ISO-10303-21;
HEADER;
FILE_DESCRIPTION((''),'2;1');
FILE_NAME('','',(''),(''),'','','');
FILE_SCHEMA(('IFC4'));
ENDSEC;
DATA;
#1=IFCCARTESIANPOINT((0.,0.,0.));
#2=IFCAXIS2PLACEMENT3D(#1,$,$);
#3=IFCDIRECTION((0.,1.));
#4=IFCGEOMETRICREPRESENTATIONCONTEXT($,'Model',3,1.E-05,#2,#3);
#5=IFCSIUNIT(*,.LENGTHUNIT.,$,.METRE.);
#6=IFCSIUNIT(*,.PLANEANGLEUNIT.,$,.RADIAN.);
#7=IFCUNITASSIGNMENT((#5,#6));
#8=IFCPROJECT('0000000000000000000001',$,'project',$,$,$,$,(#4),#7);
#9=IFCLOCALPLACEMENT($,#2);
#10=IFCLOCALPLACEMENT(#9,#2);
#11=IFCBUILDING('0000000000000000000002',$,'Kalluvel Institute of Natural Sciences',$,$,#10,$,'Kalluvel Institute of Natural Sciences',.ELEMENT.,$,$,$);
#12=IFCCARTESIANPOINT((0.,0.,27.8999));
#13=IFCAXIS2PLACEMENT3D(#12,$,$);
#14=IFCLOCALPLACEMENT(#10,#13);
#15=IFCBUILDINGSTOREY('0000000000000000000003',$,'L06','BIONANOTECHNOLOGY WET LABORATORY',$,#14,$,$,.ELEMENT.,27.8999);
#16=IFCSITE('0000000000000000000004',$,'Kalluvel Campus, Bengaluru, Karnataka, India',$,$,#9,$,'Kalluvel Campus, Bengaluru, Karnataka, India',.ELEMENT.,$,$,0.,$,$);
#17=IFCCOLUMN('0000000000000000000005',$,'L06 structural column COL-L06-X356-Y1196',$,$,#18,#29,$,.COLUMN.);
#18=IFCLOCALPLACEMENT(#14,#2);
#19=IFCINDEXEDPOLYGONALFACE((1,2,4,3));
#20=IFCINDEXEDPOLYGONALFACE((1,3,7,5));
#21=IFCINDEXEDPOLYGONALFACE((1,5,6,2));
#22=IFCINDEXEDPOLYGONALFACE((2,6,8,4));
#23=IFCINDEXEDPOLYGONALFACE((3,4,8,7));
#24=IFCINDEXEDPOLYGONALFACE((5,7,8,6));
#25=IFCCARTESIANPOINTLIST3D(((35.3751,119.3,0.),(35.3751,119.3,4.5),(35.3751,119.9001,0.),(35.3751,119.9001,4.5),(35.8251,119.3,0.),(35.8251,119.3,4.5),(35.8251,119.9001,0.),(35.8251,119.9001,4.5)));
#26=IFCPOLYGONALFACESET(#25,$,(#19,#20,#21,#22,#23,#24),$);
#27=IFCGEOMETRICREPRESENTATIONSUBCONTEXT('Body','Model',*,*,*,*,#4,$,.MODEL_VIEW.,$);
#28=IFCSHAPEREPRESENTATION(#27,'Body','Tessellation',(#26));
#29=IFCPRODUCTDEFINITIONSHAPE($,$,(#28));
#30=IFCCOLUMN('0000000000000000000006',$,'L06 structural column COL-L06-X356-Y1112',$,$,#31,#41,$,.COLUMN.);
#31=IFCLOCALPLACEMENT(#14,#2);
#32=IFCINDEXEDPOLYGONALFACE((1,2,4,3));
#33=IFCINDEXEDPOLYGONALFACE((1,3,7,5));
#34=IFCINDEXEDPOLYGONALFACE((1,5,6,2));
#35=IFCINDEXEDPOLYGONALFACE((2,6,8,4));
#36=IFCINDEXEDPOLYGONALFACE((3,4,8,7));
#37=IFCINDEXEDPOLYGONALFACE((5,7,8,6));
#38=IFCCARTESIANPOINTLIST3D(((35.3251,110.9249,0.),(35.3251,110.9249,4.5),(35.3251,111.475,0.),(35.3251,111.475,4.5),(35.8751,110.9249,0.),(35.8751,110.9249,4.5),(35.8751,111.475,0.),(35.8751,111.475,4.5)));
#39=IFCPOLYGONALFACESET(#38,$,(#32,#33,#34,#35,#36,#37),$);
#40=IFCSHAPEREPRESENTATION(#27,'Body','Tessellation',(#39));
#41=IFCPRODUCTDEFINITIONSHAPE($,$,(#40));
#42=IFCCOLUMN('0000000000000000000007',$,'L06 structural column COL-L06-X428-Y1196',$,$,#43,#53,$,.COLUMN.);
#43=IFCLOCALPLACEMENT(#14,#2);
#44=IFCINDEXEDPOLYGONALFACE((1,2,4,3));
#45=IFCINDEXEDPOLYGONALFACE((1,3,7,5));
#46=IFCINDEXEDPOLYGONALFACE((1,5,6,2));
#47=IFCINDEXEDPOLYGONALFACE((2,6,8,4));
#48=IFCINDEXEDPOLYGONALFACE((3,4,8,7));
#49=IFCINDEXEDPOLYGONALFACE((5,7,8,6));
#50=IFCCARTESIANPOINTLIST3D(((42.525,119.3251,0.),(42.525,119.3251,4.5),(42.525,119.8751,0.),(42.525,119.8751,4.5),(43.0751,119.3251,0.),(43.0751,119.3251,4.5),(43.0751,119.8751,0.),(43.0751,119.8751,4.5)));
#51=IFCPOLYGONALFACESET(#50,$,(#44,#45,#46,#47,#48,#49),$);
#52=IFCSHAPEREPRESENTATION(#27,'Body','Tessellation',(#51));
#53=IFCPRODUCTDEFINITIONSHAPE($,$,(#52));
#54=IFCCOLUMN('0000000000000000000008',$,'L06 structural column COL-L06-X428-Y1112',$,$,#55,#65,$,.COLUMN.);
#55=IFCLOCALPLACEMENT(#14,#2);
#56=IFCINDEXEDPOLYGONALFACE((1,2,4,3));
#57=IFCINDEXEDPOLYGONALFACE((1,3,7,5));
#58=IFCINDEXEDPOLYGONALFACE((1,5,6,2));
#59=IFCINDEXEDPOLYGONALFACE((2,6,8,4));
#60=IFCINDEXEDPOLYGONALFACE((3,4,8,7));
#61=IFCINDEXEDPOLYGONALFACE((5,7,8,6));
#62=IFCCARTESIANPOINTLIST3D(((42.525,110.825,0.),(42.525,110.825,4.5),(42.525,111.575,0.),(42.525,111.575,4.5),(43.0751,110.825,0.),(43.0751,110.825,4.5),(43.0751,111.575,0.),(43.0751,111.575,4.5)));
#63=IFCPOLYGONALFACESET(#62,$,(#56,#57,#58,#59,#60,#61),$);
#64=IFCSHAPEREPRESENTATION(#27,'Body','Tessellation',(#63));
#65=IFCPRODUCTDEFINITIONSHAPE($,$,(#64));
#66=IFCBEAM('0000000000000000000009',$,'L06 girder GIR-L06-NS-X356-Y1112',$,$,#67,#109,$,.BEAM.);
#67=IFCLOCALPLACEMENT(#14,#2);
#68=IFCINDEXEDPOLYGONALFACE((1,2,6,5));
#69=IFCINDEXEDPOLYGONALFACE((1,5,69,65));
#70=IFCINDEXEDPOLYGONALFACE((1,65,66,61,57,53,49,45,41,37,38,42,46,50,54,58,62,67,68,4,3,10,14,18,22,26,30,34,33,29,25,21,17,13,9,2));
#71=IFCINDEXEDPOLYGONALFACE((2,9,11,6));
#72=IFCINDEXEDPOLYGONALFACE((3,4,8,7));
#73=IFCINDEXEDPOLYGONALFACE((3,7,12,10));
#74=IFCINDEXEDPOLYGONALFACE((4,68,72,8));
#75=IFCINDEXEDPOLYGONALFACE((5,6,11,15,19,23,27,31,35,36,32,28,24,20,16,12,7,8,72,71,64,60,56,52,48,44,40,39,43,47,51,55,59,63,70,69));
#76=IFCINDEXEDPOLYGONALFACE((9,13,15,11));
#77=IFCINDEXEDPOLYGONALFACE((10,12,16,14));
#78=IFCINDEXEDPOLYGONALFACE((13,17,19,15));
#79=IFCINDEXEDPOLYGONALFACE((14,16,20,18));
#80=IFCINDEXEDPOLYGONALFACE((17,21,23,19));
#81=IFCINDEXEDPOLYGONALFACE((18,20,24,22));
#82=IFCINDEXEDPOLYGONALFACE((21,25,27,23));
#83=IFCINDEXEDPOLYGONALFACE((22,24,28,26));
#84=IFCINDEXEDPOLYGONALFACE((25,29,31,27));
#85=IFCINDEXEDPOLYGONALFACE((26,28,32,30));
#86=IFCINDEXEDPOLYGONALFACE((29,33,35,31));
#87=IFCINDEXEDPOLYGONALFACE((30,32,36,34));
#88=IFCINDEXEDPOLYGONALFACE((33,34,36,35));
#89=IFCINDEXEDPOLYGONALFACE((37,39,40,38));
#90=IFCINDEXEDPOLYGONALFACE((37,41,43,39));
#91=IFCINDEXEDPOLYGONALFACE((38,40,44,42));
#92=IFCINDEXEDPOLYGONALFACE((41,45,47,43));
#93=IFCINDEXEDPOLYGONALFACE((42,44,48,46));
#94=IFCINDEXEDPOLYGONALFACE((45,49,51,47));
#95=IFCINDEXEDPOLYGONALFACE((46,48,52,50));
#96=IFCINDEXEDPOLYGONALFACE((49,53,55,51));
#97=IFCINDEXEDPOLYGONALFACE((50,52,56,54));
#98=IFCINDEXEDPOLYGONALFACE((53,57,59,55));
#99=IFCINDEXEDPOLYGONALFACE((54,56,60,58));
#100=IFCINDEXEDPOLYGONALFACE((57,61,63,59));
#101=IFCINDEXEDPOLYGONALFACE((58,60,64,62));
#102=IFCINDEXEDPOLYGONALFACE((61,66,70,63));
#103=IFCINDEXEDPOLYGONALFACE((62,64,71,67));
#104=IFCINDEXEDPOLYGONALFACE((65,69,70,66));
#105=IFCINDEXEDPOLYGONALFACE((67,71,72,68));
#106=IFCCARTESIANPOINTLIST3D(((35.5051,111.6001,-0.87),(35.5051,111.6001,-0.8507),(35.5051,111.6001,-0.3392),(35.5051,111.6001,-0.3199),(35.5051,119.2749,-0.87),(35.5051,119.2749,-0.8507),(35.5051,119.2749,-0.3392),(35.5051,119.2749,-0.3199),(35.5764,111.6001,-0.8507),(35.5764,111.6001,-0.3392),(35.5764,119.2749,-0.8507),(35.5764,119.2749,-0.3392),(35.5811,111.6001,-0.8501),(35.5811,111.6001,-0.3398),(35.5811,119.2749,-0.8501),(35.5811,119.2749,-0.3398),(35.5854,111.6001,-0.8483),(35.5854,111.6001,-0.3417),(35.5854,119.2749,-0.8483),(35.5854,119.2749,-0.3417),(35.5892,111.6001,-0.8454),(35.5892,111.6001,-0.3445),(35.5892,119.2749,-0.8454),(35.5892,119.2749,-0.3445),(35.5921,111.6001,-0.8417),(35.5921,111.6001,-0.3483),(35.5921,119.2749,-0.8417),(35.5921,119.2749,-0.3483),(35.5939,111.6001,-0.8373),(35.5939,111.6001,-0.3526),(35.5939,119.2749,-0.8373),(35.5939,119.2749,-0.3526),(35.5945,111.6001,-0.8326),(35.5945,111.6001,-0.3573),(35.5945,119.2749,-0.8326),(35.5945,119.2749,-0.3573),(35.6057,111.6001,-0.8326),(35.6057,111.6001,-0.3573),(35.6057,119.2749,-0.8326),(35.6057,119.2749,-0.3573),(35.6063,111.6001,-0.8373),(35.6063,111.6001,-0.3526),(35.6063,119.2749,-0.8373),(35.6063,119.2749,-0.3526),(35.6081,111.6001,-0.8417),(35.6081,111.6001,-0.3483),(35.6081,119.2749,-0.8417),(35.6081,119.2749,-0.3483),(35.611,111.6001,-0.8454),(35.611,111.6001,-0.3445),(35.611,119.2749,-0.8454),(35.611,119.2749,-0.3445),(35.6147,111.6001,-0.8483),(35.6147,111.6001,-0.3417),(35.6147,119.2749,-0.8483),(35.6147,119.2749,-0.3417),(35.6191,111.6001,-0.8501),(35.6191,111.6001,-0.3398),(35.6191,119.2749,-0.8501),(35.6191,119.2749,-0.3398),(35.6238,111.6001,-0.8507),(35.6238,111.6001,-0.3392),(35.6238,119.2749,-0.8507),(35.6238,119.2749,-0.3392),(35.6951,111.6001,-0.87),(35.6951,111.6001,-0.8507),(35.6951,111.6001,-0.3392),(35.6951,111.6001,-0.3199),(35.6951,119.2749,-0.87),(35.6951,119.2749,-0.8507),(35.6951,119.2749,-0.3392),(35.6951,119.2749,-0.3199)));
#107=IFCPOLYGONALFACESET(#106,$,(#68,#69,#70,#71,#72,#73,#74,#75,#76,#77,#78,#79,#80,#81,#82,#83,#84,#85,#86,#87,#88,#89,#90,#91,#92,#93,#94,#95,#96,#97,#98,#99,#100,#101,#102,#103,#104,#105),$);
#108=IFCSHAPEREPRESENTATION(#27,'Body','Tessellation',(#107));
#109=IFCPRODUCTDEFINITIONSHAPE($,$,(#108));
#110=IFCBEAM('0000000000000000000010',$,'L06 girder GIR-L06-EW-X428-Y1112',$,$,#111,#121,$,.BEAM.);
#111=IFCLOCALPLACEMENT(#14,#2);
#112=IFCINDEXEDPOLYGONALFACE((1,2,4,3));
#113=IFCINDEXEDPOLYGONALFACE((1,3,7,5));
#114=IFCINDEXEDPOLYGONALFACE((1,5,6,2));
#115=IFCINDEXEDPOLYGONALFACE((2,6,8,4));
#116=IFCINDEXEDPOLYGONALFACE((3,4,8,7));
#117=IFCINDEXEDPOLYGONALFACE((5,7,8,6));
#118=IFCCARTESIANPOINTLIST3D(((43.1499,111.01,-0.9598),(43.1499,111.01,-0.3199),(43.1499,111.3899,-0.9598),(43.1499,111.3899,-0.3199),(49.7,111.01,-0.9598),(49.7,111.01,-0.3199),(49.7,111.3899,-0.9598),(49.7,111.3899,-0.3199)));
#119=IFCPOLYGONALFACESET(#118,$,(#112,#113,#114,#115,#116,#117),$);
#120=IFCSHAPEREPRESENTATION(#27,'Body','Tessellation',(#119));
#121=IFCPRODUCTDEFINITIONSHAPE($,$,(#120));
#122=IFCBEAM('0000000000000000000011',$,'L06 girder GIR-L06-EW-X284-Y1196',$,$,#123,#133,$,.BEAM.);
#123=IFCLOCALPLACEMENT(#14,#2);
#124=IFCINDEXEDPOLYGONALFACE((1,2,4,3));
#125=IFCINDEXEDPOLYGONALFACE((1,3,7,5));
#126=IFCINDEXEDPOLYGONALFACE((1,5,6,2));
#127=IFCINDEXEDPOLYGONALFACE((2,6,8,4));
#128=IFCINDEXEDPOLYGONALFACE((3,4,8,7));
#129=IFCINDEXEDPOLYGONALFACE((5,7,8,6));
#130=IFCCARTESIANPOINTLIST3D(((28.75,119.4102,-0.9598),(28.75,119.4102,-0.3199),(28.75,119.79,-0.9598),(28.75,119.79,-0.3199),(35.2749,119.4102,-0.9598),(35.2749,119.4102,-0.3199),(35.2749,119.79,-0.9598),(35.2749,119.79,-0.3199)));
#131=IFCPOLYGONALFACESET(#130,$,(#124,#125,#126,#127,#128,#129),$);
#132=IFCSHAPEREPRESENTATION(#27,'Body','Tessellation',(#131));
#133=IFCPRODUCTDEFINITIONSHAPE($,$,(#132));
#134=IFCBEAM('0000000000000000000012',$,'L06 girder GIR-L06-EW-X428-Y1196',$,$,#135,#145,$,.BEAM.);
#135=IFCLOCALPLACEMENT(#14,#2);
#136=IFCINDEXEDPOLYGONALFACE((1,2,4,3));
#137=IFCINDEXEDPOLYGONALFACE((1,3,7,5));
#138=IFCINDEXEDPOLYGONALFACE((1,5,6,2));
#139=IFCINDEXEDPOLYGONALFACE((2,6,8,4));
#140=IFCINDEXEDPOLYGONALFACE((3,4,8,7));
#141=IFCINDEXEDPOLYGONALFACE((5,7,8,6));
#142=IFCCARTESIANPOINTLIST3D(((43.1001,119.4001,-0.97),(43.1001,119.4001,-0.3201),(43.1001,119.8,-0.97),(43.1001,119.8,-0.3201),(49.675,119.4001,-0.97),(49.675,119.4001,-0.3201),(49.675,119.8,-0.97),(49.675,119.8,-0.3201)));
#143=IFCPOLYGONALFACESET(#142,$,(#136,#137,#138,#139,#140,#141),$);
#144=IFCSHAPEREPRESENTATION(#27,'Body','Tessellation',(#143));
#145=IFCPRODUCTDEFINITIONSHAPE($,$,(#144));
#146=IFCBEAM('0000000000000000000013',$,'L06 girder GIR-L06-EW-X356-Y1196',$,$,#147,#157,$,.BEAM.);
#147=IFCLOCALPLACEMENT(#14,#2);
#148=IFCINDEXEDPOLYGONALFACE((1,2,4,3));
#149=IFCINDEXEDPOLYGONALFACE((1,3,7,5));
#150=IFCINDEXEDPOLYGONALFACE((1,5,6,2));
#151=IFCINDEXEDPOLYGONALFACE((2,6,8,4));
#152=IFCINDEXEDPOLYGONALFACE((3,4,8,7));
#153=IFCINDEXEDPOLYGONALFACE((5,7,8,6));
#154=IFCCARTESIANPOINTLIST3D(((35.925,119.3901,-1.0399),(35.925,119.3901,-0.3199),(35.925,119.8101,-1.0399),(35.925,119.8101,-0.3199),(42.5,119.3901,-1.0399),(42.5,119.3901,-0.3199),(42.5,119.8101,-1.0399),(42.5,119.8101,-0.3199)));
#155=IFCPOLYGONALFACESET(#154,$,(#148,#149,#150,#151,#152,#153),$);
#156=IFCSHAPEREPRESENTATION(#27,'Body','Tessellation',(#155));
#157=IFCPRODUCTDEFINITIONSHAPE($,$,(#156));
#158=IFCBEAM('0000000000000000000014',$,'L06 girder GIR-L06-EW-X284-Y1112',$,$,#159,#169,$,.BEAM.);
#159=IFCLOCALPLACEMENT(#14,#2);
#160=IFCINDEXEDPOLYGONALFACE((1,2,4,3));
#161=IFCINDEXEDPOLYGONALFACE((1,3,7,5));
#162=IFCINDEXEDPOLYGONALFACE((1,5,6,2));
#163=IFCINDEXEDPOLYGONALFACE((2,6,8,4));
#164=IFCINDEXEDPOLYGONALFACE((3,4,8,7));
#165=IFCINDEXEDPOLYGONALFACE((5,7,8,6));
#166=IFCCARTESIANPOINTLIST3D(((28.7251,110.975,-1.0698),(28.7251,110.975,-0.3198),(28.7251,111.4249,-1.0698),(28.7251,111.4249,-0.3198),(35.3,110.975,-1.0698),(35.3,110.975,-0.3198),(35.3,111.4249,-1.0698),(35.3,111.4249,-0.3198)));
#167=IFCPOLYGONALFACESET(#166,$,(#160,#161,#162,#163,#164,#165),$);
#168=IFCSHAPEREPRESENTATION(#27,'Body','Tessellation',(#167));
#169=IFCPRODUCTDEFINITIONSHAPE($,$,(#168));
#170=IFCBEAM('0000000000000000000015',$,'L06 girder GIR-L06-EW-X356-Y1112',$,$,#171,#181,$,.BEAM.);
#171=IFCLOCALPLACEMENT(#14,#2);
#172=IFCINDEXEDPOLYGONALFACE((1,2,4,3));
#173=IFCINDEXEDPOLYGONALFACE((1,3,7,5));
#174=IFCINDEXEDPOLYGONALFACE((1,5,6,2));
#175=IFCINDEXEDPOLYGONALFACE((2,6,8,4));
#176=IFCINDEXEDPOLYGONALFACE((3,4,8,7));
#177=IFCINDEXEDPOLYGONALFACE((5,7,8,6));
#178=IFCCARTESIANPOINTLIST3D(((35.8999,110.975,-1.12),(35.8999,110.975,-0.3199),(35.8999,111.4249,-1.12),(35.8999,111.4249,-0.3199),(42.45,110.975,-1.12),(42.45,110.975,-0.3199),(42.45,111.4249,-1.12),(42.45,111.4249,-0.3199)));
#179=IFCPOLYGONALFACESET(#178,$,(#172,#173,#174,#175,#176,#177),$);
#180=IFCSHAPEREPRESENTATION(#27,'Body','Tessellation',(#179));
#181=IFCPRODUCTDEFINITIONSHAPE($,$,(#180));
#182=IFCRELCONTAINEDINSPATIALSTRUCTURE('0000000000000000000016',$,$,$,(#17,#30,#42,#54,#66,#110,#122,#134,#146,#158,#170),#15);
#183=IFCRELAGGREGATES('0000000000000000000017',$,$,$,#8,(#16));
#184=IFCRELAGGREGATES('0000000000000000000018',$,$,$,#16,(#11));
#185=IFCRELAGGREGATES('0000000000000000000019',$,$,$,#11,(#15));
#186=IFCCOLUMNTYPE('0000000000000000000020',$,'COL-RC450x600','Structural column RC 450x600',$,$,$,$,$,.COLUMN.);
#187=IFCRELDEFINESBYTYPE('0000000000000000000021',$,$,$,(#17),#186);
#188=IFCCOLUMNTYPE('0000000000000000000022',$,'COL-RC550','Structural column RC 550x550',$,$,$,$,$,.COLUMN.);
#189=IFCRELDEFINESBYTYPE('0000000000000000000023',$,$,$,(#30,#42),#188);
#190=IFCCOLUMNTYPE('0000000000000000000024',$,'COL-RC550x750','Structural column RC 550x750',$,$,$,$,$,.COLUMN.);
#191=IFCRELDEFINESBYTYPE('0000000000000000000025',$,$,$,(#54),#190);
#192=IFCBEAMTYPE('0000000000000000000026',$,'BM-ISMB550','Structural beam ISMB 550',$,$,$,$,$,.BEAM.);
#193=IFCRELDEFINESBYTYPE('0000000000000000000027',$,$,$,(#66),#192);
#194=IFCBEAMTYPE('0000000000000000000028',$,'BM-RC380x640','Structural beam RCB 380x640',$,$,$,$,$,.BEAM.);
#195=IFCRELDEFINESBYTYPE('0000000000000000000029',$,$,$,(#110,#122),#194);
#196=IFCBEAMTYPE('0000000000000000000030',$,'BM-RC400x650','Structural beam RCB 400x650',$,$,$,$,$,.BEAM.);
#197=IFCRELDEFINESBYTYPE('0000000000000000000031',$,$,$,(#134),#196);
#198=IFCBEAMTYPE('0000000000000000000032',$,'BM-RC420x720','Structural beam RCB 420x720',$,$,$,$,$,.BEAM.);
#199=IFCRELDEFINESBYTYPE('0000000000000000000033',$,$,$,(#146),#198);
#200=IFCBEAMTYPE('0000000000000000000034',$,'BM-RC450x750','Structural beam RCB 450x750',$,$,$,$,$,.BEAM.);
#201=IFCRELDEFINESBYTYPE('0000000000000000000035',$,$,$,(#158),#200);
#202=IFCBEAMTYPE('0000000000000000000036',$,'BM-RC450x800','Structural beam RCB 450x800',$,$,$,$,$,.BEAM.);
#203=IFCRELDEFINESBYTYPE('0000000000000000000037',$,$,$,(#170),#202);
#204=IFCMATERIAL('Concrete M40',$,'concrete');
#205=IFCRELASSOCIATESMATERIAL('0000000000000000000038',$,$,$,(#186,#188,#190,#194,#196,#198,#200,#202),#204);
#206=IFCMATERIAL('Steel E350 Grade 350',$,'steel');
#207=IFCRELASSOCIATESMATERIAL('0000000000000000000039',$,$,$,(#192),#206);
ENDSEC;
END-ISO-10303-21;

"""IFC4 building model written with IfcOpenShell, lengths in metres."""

from ifc_helpers import new_model, si_unit, direction, frame, origin, origin_2d, place, context, subcontext, project, spatial, rectangle, i_section, extrude, material, material_profile, profile_set, type_object, element, save


model = new_model("IFC4")

# Units and contexts
model_context = context("Model", 3, precision=1e-05, world=origin(), true_north=direction((0.0, 1.0)))
body_context = subcontext(model_context, "Body", "Model", "MODEL_VIEW")
ifc_project = project(units=[si_unit("LENGTHUNIT", "METRE"), si_unit("PLANEANGLEUNIT", "RADIAN")], contexts=[model_context])

# Site, building, storey
site_placement = place(None, origin())
site = spatial("IfcSite", under=ifc_project, at=site_placement, Name="Kalluvel Campus, Bengaluru, Karnataka, India", LongName="Kalluvel Campus, Bengaluru, Karnataka, India", CompositionType="ELEMENT", RefElevation=0.0)
building_placement = place(site_placement, origin())
building = spatial("IfcBuilding", under=site, at=building_placement, Name="Kalluvel Institute of Natural Sciences", LongName="Kalluvel Institute of Natural Sciences", CompositionType="ELEMENT")
storey_placement = place(building_placement, frame((0.0, 0.0, 27.8999)))
storey = spatial("IfcBuildingStorey", under=building, at=storey_placement, Name="L06", Description="BIONANOTECHNOLOGY WET LABORATORY", CompositionType="ELEMENT", Elevation=27.8999)

# Columns
ifc_material_1 = material(Name="Concrete M40", Category="concrete")
ifc_material_profile_1 = material_profile(ifc_material_1, rectangle(XDim=0.45, YDim=0.6001, at=origin_2d()), Name="RC 450x600")
ifc_profile_set_1 = profile_set([ifc_material_profile_1], Name="Concrete M40")
column_type_1 = type_object("IfcColumnType", Name="COL-RC450x600", Description="Structural column RC 450x600", PredefinedType="COLUMN", material=ifc_profile_set_1)
column_1_placement = place(storey_placement, frame((35.6001, 119.6001, 0.0), z_axis=(0.0, 0.0, 1.0), x_axis=(1.0, 0.0, 0.0)))
element("IfcColumn", 1, at=column_1_placement, inside=storey, type_object=column_type_1, Name="L06 structural column COL-L06-X356-Y1196", PredefinedType="COLUMN", context=body_context, shape_type="SweptSolid", body=[
    extrude(rectangle(XDim=0.45, YDim=0.6001, at=origin_2d()), origin(), (0.0, 0.0, 1.0), 4.5),
])
ifc_material_profile_2 = material_profile(ifc_material_1, rectangle(XDim=0.55, YDim=0.55, at=origin_2d()), Name="RC 550x550")
ifc_profile_set_2 = profile_set([ifc_material_profile_2], Name="Concrete M40")
column_type_2 = type_object("IfcColumnType", Name="COL-RC550", Description="Structural column RC 550x550", PredefinedType="COLUMN", material=ifc_profile_set_2)
for number, where, z_axis, x_axis, name in (
    (2, (35.6001, 111.2, 0.0), (0.0, 0.0, 1.0), (1.0, 0.0, 0.0), "L06 structural column COL-L06-X356-Y1112"),
    (3, (42.8, 119.6001, 0.0), (0.0, 0.0, 1.0), (1.0, 0.0, 0.0), "L06 structural column COL-L06-X428-Y1196"),
):
    element("IfcColumn", number, at=place(storey_placement, frame(where, z_axis=z_axis, x_axis=x_axis)), inside=storey, type_object=column_type_2, Name=name, PredefinedType="COLUMN", context=body_context, shape_type="SweptSolid", body=[
        extrude(rectangle(XDim=0.55, YDim=0.55, at=origin_2d()), origin(), (0.0, 0.0, 1.0), 4.5),
    ])
ifc_material_profile_3 = material_profile(ifc_material_1, rectangle(XDim=0.55, YDim=0.75, at=origin_2d()), Name="RC 550x750")
ifc_profile_set_3 = profile_set([ifc_material_profile_3], Name="Concrete M40")
column_type_3 = type_object("IfcColumnType", Name="COL-RC550x750", Description="Structural column RC 550x750", PredefinedType="COLUMN", material=ifc_profile_set_3)
column_2_placement = place(storey_placement, frame((42.8, 111.2, 0.0), z_axis=(0.0, 0.0, 1.0), x_axis=(1.0, 0.0, 0.0)))
element("IfcColumn", 4, at=column_2_placement, inside=storey, type_object=column_type_3, Name="L06 structural column COL-L06-X428-Y1112", PredefinedType="COLUMN", context=body_context, shape_type="SweptSolid", body=[
    extrude(rectangle(XDim=0.55, YDim=0.75, at=origin_2d()), origin(), (0.0, 0.0, 1.0), 4.5),
])

# Beams
ifc_material_2 = material(Name="Steel E350 Grade 350", Category="steel")
ifc_material_profile_4 = material_profile(ifc_material_2, i_section(OverallWidth=0.1899, OverallDepth=0.55, WebThickness=0.0112, FlangeThickness=0.0193, FilletRadius=0.0181, at=origin_2d()), Name="ISMB 550")
ifc_profile_set_4 = profile_set([ifc_material_profile_4], Name="Steel E350 Grade 350")
beam_type_1 = type_object("IfcBeamType", Name="BM-ISMB550", Description="Structural beam ISMB 550", PredefinedType="BEAM", material=ifc_profile_set_4)
beam_1_placement = place(storey_placement, frame((35.6001, 111.6001, -0.595), z_axis=(0.0, 1.0, 0.0), x_axis=(-1.0, 0.0, 0.0)))
element("IfcBeam", 5, at=beam_1_placement, inside=storey, type_object=beam_type_1, Name="L06 girder GIR-L06-NS-X356-Y1112", PredefinedType="BEAM", context=body_context, shape_type="SweptSolid", body=[
    extrude(i_section(OverallWidth=0.1899, OverallDepth=0.55, WebThickness=0.0112, FlangeThickness=0.0193, FilletRadius=0.0181, at=origin_2d()), origin(), (0.0, 0.0, 1.0), 7.6748),
])
ifc_material_profile_5 = material_profile(ifc_material_1, rectangle(XDim=0.3799, YDim=0.6399, at=origin_2d()), Name="RCB 380x640")
ifc_profile_set_5 = profile_set([ifc_material_profile_5], Name="Concrete M40")
beam_type_2 = type_object("IfcBeamType", Name="BM-RC380x640", Description="Structural beam RCB 380x640", PredefinedType="BEAM", material=ifc_profile_set_5)
beam_2_placement = place(storey_placement, frame((43.1499, 111.2, -0.6399), z_axis=(1.0, 0.0, 0.0), x_axis=(0.0, 1.0, 0.0)))
element("IfcBeam", 6, at=beam_2_placement, inside=storey, type_object=beam_type_2, Name="L06 girder GIR-L06-EW-X428-Y1112", PredefinedType="BEAM", context=body_context, shape_type="SweptSolid", body=[
    extrude(rectangle(XDim=0.3799, YDim=0.6399, at=origin_2d()), origin(), (0.0, 0.0, 1.0), 6.55),
])
beam_3_placement = place(storey_placement, frame((28.75, 119.6001, -0.6399), z_axis=(1.0, 0.0, 0.0), x_axis=(0.0, 1.0, 0.0)))
element("IfcBeam", 7, at=beam_3_placement, inside=storey, type_object=beam_type_2, Name="L06 girder GIR-L06-EW-X284-Y1196", PredefinedType="BEAM", context=body_context, shape_type="SweptSolid", body=[
    extrude(rectangle(XDim=0.3799, YDim=0.6399, at=origin_2d()), origin(), (0.0, 0.0, 1.0), 6.5249),
])
ifc_material_profile_6 = material_profile(ifc_material_1, rectangle(XDim=0.3999, YDim=0.6499, at=origin_2d()), Name="RCB 400x650")
ifc_profile_set_6 = profile_set([ifc_material_profile_6], Name="Concrete M40")
beam_type_3 = type_object("IfcBeamType", Name="BM-RC400x650", Description="Structural beam RCB 400x650", PredefinedType="BEAM", material=ifc_profile_set_6)
beam_4_placement = place(storey_placement, frame((43.1001, 119.6001, -0.645), z_axis=(1.0, 0.0, 0.0), x_axis=(0.0, 1.0, 0.0)))
element("IfcBeam", 8, at=beam_4_placement, inside=storey, type_object=beam_type_3, Name="L06 girder GIR-L06-EW-X428-Y1196", PredefinedType="BEAM", context=body_context, shape_type="SweptSolid", body=[
    extrude(rectangle(XDim=0.3999, YDim=0.6499, at=origin_2d()), origin(), (0.0, 0.0, 1.0), 6.575),
])
ifc_material_profile_7 = material_profile(ifc_material_1, rectangle(XDim=0.4199, YDim=0.72, at=origin_2d()), Name="RCB 420x720")
ifc_profile_set_7 = profile_set([ifc_material_profile_7], Name="Concrete M40")
beam_type_4 = type_object("IfcBeamType", Name="BM-RC420x720", Description="Structural beam RCB 420x720", PredefinedType="BEAM", material=ifc_profile_set_7)
beam_5_placement = place(storey_placement, frame((35.925, 119.6001, -0.6799), z_axis=(1.0, 0.0, 0.0), x_axis=(0.0, 1.0, 0.0)))
element("IfcBeam", 9, at=beam_5_placement, inside=storey, type_object=beam_type_4, Name="L06 girder GIR-L06-EW-X356-Y1196", PredefinedType="BEAM", context=body_context, shape_type="SweptSolid", body=[
    extrude(rectangle(XDim=0.4199, YDim=0.72, at=origin_2d()), origin(), (0.0, 0.0, 1.0), 6.575),
])
ifc_material_profile_8 = material_profile(ifc_material_1, rectangle(XDim=0.45, YDim=0.75, at=origin_2d()), Name="RCB 450x750")
ifc_profile_set_8 = profile_set([ifc_material_profile_8], Name="Concrete M40")
beam_type_5 = type_object("IfcBeamType", Name="BM-RC450x750", Description="Structural beam RCB 450x750", PredefinedType="BEAM", material=ifc_profile_set_8)
beam_6_placement = place(storey_placement, frame((28.7251, 111.2, -0.6948), z_axis=(1.0, 0.0, 0.0), x_axis=(0.0, 1.0, 0.0)))
element("IfcBeam", 10, at=beam_6_placement, inside=storey, type_object=beam_type_5, Name="L06 girder GIR-L06-EW-X284-Y1112", PredefinedType="BEAM", context=body_context, shape_type="SweptSolid", body=[
    extrude(rectangle(XDim=0.45, YDim=0.75, at=origin_2d()), origin(), (0.0, 0.0, 1.0), 6.575),
])
ifc_material_profile_9 = material_profile(ifc_material_1, rectangle(XDim=0.45, YDim=0.8, at=origin_2d()), Name="RCB 450x800")
ifc_profile_set_9 = profile_set([ifc_material_profile_9], Name="Concrete M40")
beam_type_6 = type_object("IfcBeamType", Name="BM-RC450x800", Description="Structural beam RCB 450x800", PredefinedType="BEAM", material=ifc_profile_set_9)
beam_7_placement = place(storey_placement, frame((35.8999, 111.2, -0.72), z_axis=(1.0, 0.0, 0.0), x_axis=(0.0, 1.0, 0.0)))
element("IfcBeam", 11, at=beam_7_placement, inside=storey, type_object=beam_type_6, Name="L06 girder GIR-L06-EW-X356-Y1112", PredefinedType="BEAM", context=body_context, shape_type="SweptSolid", body=[
    extrude(rectangle(XDim=0.45, YDim=0.8, at=origin_2d()), origin(), (0.0, 0.0, 1.0), 6.55),
])

save(model, "model.ifc")
